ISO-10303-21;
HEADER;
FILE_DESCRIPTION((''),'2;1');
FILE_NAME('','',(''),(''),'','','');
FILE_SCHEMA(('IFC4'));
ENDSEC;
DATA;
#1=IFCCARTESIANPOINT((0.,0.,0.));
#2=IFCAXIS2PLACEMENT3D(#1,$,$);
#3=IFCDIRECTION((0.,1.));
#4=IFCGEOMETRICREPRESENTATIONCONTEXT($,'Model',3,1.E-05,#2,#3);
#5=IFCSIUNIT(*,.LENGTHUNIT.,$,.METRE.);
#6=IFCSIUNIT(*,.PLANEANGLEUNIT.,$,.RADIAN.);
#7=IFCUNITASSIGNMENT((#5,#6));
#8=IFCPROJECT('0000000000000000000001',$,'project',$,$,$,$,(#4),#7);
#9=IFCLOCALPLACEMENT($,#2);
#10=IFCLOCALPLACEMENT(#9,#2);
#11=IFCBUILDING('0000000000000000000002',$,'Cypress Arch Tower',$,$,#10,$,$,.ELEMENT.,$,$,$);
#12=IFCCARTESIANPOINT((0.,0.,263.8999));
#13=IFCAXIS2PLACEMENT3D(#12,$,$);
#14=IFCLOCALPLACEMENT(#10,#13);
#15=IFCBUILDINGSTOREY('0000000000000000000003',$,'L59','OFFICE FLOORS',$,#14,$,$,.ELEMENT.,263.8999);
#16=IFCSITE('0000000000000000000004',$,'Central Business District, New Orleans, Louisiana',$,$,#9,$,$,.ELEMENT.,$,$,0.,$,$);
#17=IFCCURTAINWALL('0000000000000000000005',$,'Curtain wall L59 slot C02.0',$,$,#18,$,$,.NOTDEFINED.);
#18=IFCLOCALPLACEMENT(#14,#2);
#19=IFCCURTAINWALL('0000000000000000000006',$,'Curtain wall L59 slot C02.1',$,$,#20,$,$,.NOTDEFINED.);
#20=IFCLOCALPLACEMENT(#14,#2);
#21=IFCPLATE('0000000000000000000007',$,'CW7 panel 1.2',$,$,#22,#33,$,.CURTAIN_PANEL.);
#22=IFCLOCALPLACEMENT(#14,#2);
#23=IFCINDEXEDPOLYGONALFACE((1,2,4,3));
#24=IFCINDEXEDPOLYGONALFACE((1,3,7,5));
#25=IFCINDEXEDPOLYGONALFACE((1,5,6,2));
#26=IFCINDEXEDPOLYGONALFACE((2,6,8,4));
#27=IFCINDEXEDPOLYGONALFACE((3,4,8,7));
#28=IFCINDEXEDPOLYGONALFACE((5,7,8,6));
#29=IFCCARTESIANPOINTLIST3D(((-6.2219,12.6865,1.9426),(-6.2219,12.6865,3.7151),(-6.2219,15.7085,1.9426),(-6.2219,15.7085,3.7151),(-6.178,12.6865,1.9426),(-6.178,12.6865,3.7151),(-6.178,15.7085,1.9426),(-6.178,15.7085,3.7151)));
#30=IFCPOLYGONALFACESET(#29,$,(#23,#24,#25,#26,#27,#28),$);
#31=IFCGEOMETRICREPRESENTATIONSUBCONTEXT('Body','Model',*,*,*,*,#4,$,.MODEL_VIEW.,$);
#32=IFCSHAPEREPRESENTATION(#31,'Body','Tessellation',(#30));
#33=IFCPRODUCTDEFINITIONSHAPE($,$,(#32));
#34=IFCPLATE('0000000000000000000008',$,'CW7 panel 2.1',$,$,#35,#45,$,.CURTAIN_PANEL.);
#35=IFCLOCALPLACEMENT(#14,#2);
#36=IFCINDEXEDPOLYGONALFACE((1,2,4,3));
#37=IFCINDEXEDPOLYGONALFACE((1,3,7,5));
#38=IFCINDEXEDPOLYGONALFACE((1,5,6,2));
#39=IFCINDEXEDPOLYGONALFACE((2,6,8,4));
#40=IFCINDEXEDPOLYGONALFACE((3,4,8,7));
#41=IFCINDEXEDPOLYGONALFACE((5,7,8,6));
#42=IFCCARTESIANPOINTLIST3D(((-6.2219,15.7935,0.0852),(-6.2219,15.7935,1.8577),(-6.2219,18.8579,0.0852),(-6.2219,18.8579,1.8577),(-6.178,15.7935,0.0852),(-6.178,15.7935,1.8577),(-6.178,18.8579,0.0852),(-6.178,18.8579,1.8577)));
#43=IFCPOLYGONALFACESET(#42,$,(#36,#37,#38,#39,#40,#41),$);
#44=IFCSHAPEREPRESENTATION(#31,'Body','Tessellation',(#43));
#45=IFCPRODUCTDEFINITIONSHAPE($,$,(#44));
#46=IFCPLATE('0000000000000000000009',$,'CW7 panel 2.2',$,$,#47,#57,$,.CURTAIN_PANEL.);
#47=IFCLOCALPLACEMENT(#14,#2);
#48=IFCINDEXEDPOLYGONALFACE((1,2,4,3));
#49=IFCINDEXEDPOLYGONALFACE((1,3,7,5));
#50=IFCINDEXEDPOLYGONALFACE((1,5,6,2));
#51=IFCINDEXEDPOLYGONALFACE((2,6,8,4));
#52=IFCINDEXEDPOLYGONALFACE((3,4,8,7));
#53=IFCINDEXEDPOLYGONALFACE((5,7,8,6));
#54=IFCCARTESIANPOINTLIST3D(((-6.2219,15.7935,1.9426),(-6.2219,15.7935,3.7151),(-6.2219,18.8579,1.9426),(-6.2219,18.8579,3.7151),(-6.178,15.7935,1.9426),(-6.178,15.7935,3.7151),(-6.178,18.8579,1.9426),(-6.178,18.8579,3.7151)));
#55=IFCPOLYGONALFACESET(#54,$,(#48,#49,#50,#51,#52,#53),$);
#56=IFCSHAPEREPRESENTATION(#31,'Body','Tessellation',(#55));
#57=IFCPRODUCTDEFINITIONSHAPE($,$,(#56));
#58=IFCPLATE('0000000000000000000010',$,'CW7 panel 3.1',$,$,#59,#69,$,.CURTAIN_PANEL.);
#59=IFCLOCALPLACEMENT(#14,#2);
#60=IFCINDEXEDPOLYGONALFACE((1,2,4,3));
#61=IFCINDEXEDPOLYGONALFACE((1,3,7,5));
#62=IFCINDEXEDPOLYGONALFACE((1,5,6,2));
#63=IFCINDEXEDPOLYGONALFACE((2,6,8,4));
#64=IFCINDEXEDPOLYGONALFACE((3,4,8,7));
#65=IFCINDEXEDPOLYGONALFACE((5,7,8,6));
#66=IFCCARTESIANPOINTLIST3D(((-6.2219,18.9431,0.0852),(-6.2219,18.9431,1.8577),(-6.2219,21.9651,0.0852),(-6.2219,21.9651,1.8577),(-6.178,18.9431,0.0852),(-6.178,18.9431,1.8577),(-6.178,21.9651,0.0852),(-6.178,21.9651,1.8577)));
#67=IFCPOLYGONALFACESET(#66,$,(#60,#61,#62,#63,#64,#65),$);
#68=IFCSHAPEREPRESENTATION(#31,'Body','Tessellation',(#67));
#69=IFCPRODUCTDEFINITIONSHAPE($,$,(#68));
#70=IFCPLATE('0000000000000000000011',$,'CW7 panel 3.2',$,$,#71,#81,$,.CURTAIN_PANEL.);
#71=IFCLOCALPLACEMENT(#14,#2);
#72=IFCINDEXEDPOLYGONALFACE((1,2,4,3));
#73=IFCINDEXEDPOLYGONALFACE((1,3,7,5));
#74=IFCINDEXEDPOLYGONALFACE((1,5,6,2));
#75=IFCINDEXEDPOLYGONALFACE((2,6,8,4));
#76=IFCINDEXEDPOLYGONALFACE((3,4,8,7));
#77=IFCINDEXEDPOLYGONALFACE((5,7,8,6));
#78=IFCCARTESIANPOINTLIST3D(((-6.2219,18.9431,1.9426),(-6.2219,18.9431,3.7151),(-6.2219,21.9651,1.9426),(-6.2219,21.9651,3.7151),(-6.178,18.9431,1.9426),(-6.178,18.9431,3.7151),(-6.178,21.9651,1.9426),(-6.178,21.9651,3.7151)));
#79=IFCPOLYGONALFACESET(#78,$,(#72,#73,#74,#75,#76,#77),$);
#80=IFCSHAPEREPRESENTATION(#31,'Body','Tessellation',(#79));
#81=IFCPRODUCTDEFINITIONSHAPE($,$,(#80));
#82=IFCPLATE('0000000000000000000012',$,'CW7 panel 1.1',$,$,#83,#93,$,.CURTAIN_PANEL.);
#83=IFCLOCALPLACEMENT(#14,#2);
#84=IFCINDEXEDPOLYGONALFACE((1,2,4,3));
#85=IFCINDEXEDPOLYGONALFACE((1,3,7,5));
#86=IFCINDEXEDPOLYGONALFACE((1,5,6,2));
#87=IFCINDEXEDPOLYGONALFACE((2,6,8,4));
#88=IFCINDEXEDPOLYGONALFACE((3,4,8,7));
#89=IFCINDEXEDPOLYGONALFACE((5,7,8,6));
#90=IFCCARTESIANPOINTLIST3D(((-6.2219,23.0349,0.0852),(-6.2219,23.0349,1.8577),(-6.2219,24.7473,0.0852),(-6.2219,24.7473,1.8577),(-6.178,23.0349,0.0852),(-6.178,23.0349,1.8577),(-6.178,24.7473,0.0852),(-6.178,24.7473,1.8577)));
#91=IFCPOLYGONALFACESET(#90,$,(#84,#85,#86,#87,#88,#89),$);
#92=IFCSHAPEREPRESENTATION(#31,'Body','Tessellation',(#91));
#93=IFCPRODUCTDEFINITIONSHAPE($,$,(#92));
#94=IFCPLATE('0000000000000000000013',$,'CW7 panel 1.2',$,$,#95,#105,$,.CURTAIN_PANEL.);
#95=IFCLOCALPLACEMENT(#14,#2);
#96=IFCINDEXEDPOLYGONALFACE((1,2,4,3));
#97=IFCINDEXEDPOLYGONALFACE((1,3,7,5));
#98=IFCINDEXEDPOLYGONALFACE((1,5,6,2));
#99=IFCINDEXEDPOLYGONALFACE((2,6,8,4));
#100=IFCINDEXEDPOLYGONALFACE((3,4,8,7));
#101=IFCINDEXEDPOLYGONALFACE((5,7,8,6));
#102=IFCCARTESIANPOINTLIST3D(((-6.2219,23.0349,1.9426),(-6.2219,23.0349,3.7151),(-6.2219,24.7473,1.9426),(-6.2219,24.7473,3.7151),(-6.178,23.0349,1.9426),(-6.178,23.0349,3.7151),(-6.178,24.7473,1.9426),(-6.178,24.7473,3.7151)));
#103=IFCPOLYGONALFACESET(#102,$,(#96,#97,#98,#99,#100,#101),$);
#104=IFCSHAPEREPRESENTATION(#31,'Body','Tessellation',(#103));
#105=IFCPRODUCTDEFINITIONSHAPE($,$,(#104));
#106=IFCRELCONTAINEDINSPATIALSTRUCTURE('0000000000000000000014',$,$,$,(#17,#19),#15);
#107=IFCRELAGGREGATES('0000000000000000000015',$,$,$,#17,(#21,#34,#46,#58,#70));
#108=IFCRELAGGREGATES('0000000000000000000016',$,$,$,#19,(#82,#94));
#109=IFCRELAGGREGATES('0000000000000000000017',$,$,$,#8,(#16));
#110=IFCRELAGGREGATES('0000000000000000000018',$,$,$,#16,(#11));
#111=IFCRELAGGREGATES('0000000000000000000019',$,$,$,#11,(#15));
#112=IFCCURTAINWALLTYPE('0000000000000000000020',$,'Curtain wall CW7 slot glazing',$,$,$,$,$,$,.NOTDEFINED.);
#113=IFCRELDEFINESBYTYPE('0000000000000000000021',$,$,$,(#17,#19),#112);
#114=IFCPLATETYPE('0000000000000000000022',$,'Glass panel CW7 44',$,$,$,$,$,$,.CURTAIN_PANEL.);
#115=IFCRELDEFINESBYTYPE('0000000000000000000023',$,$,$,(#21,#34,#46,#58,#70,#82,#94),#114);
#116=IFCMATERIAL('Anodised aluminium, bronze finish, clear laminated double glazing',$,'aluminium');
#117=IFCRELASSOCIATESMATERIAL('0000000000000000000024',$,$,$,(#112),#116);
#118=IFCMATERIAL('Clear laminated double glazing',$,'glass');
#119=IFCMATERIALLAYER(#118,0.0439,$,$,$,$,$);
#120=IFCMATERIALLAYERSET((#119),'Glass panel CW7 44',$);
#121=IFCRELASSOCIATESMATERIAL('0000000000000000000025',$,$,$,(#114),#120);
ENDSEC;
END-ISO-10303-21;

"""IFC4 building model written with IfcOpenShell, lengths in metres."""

from ifc_helpers import new_model, si_unit, direction, frame, origin, origin_2d, place, context, subcontext, project, spatial, rectangle, extrude, material, layer, layer_set, type_object, element, aggregate, save


model = new_model("IFC4")

# Units and contexts
model_context = context("Model", 3, precision=1e-05, world=origin(), true_north=direction((0.0, 1.0)))
body_context = subcontext(model_context, "Body", "Model", "MODEL_VIEW")
ifc_project = project(units=[si_unit("LENGTHUNIT", "METRE"), si_unit("PLANEANGLEUNIT", "RADIAN")], contexts=[model_context])

# Site, building, storey
site_placement = place(None, origin())
site = spatial("IfcSite", under=ifc_project, at=site_placement, Name="Central Business District, New Orleans, Louisiana", CompositionType="ELEMENT", RefElevation=0.0)
building_placement = place(site_placement, origin())
building = spatial("IfcBuilding", under=site, at=building_placement, Name="Cypress Arch Tower", CompositionType="ELEMENT")
storey_placement = place(building_placement, frame((0.0, 0.0, 263.8999)))
storey = spatial("IfcBuildingStorey", under=building, at=storey_placement, Name="L59", Description="OFFICE FLOORS", CompositionType="ELEMENT", Elevation=263.8999)

# Shared definitions
ifc_material_1 = material(Name="Anodised aluminium, bronze finish, clear laminated double glazing", Category="aluminium")
curtain_wall_type = type_object("IfcCurtainWallType", Name="Curtain wall CW7 slot glazing", PredefinedType="NOTDEFINED", material=ifc_material_1)

# Curtain walls
curtain_wall_1_placement = place(storey_placement, origin())
curtain_wall_1 = element("IfcCurtainWall", 1, at=curtain_wall_1_placement, inside=storey, type_object=curtain_wall_type, Name="Curtain wall L59 slot C02.0", PredefinedType="NOTDEFINED")
curtain_wall_2_placement = place(storey_placement, origin())
curtain_wall_2 = element("IfcCurtainWall", 2, at=curtain_wall_2_placement, inside=storey, type_object=curtain_wall_type, Name="Curtain wall L59 slot C02.1", PredefinedType="NOTDEFINED")

# Plates
ifc_material_2 = material(Name="Clear laminated double glazing", Category="glass")
ifc_layer = layer(ifc_material_2, 0.0439)
ifc_layer_set = layer_set([ifc_layer], Name="Glass panel CW7 44")
plate_type = type_object("IfcPlateType", Name="Glass panel CW7 44", PredefinedType="CURTAIN_PANEL", material=ifc_layer_set)
plate_1_placement = place(storey_placement, frame((-6.2, 14.1975, 1.9426), z_axis=(0.0, 0.0, 1.0), x_axis=(0.0, 1.0, 0.0)))
plate_1 = element("IfcPlate", 3, at=plate_1_placement, type_object=plate_type, Name="CW7 panel 1.2", PredefinedType="CURTAIN_PANEL", context=body_context, shape_type="SweptSolid", body=[
    extrude(rectangle(XDim=3.022, YDim=0.0439, at=origin_2d()), origin(), (0.0, 0.0, 1.0), 1.7725),
])
plate_2_placement = place(storey_placement, frame((-6.2, 17.3257, 0.0852), z_axis=(0.0, 0.0, 1.0), x_axis=(0.0, 1.0, 0.0)))
plate_2 = element("IfcPlate", 4, at=plate_2_placement, type_object=plate_type, Name="CW7 panel 2.1", PredefinedType="CURTAIN_PANEL", context=body_context, shape_type="SweptSolid", body=[
    extrude(rectangle(XDim=3.0645, YDim=0.0439, at=origin_2d()), origin(), (0.0, 0.0, 1.0), 1.7725),
])
plate_3_placement = place(storey_placement, frame((-6.2, 17.3257, 1.9426), z_axis=(0.0, 0.0, 1.0), x_axis=(0.0, 1.0, 0.0)))
plate_3 = element("IfcPlate", 5, at=plate_3_placement, type_object=plate_type, Name="CW7 panel 2.2", PredefinedType="CURTAIN_PANEL", context=body_context, shape_type="SweptSolid", body=[
    extrude(rectangle(XDim=3.0645, YDim=0.0439, at=origin_2d()), origin(), (0.0, 0.0, 1.0), 1.7725),
])
plate_4_placement = place(storey_placement, frame((-6.2, 20.4541, 0.0852), z_axis=(0.0, 0.0, 1.0), x_axis=(0.0, 1.0, 0.0)))
plate_4 = element("IfcPlate", 6, at=plate_4_placement, type_object=plate_type, Name="CW7 panel 3.1", PredefinedType="CURTAIN_PANEL", context=body_context, shape_type="SweptSolid", body=[
    extrude(rectangle(XDim=3.022, YDim=0.0439, at=origin_2d()), origin(), (0.0, 0.0, 1.0), 1.7725),
])
plate_5_placement = place(storey_placement, frame((-6.2, 20.4541, 1.9426), z_axis=(0.0, 0.0, 1.0), x_axis=(0.0, 1.0, 0.0)))
plate_5 = element("IfcPlate", 7, at=plate_5_placement, type_object=plate_type, Name="CW7 panel 3.2", PredefinedType="CURTAIN_PANEL", context=body_context, shape_type="SweptSolid", body=[
    extrude(rectangle(XDim=3.022, YDim=0.0439, at=origin_2d()), origin(), (0.0, 0.0, 1.0), 1.7725),
])
aggregate(curtain_wall_1, [plate_1, plate_2, plate_3, plate_4, plate_5])
plate_6_placement = place(storey_placement, frame((-6.2, 23.8911, 0.0852), z_axis=(0.0, 0.0, 1.0), x_axis=(0.0, 1.0, 0.0)))
plate_6 = element("IfcPlate", 8, at=plate_6_placement, type_object=plate_type, Name="CW7 panel 1.1", PredefinedType="CURTAIN_PANEL", context=body_context, shape_type="SweptSolid", body=[
    extrude(rectangle(XDim=1.7124, YDim=0.0439, at=origin_2d()), origin(), (0.0, 0.0, 1.0), 1.7725),
])
plate_7_placement = place(storey_placement, frame((-6.2, 23.8911, 1.9426), z_axis=(0.0, 0.0, 1.0), x_axis=(0.0, 1.0, 0.0)))
plate_7 = element("IfcPlate", 9, at=plate_7_placement, type_object=plate_type, Name="CW7 panel 1.2", PredefinedType="CURTAIN_PANEL", context=body_context, shape_type="SweptSolid", body=[
    extrude(rectangle(XDim=1.7124, YDim=0.0439, at=origin_2d()), origin(), (0.0, 0.0, 1.0), 1.7725),
])
aggregate(curtain_wall_2, [plate_6, plate_7])

save(model, "model.ifc")
